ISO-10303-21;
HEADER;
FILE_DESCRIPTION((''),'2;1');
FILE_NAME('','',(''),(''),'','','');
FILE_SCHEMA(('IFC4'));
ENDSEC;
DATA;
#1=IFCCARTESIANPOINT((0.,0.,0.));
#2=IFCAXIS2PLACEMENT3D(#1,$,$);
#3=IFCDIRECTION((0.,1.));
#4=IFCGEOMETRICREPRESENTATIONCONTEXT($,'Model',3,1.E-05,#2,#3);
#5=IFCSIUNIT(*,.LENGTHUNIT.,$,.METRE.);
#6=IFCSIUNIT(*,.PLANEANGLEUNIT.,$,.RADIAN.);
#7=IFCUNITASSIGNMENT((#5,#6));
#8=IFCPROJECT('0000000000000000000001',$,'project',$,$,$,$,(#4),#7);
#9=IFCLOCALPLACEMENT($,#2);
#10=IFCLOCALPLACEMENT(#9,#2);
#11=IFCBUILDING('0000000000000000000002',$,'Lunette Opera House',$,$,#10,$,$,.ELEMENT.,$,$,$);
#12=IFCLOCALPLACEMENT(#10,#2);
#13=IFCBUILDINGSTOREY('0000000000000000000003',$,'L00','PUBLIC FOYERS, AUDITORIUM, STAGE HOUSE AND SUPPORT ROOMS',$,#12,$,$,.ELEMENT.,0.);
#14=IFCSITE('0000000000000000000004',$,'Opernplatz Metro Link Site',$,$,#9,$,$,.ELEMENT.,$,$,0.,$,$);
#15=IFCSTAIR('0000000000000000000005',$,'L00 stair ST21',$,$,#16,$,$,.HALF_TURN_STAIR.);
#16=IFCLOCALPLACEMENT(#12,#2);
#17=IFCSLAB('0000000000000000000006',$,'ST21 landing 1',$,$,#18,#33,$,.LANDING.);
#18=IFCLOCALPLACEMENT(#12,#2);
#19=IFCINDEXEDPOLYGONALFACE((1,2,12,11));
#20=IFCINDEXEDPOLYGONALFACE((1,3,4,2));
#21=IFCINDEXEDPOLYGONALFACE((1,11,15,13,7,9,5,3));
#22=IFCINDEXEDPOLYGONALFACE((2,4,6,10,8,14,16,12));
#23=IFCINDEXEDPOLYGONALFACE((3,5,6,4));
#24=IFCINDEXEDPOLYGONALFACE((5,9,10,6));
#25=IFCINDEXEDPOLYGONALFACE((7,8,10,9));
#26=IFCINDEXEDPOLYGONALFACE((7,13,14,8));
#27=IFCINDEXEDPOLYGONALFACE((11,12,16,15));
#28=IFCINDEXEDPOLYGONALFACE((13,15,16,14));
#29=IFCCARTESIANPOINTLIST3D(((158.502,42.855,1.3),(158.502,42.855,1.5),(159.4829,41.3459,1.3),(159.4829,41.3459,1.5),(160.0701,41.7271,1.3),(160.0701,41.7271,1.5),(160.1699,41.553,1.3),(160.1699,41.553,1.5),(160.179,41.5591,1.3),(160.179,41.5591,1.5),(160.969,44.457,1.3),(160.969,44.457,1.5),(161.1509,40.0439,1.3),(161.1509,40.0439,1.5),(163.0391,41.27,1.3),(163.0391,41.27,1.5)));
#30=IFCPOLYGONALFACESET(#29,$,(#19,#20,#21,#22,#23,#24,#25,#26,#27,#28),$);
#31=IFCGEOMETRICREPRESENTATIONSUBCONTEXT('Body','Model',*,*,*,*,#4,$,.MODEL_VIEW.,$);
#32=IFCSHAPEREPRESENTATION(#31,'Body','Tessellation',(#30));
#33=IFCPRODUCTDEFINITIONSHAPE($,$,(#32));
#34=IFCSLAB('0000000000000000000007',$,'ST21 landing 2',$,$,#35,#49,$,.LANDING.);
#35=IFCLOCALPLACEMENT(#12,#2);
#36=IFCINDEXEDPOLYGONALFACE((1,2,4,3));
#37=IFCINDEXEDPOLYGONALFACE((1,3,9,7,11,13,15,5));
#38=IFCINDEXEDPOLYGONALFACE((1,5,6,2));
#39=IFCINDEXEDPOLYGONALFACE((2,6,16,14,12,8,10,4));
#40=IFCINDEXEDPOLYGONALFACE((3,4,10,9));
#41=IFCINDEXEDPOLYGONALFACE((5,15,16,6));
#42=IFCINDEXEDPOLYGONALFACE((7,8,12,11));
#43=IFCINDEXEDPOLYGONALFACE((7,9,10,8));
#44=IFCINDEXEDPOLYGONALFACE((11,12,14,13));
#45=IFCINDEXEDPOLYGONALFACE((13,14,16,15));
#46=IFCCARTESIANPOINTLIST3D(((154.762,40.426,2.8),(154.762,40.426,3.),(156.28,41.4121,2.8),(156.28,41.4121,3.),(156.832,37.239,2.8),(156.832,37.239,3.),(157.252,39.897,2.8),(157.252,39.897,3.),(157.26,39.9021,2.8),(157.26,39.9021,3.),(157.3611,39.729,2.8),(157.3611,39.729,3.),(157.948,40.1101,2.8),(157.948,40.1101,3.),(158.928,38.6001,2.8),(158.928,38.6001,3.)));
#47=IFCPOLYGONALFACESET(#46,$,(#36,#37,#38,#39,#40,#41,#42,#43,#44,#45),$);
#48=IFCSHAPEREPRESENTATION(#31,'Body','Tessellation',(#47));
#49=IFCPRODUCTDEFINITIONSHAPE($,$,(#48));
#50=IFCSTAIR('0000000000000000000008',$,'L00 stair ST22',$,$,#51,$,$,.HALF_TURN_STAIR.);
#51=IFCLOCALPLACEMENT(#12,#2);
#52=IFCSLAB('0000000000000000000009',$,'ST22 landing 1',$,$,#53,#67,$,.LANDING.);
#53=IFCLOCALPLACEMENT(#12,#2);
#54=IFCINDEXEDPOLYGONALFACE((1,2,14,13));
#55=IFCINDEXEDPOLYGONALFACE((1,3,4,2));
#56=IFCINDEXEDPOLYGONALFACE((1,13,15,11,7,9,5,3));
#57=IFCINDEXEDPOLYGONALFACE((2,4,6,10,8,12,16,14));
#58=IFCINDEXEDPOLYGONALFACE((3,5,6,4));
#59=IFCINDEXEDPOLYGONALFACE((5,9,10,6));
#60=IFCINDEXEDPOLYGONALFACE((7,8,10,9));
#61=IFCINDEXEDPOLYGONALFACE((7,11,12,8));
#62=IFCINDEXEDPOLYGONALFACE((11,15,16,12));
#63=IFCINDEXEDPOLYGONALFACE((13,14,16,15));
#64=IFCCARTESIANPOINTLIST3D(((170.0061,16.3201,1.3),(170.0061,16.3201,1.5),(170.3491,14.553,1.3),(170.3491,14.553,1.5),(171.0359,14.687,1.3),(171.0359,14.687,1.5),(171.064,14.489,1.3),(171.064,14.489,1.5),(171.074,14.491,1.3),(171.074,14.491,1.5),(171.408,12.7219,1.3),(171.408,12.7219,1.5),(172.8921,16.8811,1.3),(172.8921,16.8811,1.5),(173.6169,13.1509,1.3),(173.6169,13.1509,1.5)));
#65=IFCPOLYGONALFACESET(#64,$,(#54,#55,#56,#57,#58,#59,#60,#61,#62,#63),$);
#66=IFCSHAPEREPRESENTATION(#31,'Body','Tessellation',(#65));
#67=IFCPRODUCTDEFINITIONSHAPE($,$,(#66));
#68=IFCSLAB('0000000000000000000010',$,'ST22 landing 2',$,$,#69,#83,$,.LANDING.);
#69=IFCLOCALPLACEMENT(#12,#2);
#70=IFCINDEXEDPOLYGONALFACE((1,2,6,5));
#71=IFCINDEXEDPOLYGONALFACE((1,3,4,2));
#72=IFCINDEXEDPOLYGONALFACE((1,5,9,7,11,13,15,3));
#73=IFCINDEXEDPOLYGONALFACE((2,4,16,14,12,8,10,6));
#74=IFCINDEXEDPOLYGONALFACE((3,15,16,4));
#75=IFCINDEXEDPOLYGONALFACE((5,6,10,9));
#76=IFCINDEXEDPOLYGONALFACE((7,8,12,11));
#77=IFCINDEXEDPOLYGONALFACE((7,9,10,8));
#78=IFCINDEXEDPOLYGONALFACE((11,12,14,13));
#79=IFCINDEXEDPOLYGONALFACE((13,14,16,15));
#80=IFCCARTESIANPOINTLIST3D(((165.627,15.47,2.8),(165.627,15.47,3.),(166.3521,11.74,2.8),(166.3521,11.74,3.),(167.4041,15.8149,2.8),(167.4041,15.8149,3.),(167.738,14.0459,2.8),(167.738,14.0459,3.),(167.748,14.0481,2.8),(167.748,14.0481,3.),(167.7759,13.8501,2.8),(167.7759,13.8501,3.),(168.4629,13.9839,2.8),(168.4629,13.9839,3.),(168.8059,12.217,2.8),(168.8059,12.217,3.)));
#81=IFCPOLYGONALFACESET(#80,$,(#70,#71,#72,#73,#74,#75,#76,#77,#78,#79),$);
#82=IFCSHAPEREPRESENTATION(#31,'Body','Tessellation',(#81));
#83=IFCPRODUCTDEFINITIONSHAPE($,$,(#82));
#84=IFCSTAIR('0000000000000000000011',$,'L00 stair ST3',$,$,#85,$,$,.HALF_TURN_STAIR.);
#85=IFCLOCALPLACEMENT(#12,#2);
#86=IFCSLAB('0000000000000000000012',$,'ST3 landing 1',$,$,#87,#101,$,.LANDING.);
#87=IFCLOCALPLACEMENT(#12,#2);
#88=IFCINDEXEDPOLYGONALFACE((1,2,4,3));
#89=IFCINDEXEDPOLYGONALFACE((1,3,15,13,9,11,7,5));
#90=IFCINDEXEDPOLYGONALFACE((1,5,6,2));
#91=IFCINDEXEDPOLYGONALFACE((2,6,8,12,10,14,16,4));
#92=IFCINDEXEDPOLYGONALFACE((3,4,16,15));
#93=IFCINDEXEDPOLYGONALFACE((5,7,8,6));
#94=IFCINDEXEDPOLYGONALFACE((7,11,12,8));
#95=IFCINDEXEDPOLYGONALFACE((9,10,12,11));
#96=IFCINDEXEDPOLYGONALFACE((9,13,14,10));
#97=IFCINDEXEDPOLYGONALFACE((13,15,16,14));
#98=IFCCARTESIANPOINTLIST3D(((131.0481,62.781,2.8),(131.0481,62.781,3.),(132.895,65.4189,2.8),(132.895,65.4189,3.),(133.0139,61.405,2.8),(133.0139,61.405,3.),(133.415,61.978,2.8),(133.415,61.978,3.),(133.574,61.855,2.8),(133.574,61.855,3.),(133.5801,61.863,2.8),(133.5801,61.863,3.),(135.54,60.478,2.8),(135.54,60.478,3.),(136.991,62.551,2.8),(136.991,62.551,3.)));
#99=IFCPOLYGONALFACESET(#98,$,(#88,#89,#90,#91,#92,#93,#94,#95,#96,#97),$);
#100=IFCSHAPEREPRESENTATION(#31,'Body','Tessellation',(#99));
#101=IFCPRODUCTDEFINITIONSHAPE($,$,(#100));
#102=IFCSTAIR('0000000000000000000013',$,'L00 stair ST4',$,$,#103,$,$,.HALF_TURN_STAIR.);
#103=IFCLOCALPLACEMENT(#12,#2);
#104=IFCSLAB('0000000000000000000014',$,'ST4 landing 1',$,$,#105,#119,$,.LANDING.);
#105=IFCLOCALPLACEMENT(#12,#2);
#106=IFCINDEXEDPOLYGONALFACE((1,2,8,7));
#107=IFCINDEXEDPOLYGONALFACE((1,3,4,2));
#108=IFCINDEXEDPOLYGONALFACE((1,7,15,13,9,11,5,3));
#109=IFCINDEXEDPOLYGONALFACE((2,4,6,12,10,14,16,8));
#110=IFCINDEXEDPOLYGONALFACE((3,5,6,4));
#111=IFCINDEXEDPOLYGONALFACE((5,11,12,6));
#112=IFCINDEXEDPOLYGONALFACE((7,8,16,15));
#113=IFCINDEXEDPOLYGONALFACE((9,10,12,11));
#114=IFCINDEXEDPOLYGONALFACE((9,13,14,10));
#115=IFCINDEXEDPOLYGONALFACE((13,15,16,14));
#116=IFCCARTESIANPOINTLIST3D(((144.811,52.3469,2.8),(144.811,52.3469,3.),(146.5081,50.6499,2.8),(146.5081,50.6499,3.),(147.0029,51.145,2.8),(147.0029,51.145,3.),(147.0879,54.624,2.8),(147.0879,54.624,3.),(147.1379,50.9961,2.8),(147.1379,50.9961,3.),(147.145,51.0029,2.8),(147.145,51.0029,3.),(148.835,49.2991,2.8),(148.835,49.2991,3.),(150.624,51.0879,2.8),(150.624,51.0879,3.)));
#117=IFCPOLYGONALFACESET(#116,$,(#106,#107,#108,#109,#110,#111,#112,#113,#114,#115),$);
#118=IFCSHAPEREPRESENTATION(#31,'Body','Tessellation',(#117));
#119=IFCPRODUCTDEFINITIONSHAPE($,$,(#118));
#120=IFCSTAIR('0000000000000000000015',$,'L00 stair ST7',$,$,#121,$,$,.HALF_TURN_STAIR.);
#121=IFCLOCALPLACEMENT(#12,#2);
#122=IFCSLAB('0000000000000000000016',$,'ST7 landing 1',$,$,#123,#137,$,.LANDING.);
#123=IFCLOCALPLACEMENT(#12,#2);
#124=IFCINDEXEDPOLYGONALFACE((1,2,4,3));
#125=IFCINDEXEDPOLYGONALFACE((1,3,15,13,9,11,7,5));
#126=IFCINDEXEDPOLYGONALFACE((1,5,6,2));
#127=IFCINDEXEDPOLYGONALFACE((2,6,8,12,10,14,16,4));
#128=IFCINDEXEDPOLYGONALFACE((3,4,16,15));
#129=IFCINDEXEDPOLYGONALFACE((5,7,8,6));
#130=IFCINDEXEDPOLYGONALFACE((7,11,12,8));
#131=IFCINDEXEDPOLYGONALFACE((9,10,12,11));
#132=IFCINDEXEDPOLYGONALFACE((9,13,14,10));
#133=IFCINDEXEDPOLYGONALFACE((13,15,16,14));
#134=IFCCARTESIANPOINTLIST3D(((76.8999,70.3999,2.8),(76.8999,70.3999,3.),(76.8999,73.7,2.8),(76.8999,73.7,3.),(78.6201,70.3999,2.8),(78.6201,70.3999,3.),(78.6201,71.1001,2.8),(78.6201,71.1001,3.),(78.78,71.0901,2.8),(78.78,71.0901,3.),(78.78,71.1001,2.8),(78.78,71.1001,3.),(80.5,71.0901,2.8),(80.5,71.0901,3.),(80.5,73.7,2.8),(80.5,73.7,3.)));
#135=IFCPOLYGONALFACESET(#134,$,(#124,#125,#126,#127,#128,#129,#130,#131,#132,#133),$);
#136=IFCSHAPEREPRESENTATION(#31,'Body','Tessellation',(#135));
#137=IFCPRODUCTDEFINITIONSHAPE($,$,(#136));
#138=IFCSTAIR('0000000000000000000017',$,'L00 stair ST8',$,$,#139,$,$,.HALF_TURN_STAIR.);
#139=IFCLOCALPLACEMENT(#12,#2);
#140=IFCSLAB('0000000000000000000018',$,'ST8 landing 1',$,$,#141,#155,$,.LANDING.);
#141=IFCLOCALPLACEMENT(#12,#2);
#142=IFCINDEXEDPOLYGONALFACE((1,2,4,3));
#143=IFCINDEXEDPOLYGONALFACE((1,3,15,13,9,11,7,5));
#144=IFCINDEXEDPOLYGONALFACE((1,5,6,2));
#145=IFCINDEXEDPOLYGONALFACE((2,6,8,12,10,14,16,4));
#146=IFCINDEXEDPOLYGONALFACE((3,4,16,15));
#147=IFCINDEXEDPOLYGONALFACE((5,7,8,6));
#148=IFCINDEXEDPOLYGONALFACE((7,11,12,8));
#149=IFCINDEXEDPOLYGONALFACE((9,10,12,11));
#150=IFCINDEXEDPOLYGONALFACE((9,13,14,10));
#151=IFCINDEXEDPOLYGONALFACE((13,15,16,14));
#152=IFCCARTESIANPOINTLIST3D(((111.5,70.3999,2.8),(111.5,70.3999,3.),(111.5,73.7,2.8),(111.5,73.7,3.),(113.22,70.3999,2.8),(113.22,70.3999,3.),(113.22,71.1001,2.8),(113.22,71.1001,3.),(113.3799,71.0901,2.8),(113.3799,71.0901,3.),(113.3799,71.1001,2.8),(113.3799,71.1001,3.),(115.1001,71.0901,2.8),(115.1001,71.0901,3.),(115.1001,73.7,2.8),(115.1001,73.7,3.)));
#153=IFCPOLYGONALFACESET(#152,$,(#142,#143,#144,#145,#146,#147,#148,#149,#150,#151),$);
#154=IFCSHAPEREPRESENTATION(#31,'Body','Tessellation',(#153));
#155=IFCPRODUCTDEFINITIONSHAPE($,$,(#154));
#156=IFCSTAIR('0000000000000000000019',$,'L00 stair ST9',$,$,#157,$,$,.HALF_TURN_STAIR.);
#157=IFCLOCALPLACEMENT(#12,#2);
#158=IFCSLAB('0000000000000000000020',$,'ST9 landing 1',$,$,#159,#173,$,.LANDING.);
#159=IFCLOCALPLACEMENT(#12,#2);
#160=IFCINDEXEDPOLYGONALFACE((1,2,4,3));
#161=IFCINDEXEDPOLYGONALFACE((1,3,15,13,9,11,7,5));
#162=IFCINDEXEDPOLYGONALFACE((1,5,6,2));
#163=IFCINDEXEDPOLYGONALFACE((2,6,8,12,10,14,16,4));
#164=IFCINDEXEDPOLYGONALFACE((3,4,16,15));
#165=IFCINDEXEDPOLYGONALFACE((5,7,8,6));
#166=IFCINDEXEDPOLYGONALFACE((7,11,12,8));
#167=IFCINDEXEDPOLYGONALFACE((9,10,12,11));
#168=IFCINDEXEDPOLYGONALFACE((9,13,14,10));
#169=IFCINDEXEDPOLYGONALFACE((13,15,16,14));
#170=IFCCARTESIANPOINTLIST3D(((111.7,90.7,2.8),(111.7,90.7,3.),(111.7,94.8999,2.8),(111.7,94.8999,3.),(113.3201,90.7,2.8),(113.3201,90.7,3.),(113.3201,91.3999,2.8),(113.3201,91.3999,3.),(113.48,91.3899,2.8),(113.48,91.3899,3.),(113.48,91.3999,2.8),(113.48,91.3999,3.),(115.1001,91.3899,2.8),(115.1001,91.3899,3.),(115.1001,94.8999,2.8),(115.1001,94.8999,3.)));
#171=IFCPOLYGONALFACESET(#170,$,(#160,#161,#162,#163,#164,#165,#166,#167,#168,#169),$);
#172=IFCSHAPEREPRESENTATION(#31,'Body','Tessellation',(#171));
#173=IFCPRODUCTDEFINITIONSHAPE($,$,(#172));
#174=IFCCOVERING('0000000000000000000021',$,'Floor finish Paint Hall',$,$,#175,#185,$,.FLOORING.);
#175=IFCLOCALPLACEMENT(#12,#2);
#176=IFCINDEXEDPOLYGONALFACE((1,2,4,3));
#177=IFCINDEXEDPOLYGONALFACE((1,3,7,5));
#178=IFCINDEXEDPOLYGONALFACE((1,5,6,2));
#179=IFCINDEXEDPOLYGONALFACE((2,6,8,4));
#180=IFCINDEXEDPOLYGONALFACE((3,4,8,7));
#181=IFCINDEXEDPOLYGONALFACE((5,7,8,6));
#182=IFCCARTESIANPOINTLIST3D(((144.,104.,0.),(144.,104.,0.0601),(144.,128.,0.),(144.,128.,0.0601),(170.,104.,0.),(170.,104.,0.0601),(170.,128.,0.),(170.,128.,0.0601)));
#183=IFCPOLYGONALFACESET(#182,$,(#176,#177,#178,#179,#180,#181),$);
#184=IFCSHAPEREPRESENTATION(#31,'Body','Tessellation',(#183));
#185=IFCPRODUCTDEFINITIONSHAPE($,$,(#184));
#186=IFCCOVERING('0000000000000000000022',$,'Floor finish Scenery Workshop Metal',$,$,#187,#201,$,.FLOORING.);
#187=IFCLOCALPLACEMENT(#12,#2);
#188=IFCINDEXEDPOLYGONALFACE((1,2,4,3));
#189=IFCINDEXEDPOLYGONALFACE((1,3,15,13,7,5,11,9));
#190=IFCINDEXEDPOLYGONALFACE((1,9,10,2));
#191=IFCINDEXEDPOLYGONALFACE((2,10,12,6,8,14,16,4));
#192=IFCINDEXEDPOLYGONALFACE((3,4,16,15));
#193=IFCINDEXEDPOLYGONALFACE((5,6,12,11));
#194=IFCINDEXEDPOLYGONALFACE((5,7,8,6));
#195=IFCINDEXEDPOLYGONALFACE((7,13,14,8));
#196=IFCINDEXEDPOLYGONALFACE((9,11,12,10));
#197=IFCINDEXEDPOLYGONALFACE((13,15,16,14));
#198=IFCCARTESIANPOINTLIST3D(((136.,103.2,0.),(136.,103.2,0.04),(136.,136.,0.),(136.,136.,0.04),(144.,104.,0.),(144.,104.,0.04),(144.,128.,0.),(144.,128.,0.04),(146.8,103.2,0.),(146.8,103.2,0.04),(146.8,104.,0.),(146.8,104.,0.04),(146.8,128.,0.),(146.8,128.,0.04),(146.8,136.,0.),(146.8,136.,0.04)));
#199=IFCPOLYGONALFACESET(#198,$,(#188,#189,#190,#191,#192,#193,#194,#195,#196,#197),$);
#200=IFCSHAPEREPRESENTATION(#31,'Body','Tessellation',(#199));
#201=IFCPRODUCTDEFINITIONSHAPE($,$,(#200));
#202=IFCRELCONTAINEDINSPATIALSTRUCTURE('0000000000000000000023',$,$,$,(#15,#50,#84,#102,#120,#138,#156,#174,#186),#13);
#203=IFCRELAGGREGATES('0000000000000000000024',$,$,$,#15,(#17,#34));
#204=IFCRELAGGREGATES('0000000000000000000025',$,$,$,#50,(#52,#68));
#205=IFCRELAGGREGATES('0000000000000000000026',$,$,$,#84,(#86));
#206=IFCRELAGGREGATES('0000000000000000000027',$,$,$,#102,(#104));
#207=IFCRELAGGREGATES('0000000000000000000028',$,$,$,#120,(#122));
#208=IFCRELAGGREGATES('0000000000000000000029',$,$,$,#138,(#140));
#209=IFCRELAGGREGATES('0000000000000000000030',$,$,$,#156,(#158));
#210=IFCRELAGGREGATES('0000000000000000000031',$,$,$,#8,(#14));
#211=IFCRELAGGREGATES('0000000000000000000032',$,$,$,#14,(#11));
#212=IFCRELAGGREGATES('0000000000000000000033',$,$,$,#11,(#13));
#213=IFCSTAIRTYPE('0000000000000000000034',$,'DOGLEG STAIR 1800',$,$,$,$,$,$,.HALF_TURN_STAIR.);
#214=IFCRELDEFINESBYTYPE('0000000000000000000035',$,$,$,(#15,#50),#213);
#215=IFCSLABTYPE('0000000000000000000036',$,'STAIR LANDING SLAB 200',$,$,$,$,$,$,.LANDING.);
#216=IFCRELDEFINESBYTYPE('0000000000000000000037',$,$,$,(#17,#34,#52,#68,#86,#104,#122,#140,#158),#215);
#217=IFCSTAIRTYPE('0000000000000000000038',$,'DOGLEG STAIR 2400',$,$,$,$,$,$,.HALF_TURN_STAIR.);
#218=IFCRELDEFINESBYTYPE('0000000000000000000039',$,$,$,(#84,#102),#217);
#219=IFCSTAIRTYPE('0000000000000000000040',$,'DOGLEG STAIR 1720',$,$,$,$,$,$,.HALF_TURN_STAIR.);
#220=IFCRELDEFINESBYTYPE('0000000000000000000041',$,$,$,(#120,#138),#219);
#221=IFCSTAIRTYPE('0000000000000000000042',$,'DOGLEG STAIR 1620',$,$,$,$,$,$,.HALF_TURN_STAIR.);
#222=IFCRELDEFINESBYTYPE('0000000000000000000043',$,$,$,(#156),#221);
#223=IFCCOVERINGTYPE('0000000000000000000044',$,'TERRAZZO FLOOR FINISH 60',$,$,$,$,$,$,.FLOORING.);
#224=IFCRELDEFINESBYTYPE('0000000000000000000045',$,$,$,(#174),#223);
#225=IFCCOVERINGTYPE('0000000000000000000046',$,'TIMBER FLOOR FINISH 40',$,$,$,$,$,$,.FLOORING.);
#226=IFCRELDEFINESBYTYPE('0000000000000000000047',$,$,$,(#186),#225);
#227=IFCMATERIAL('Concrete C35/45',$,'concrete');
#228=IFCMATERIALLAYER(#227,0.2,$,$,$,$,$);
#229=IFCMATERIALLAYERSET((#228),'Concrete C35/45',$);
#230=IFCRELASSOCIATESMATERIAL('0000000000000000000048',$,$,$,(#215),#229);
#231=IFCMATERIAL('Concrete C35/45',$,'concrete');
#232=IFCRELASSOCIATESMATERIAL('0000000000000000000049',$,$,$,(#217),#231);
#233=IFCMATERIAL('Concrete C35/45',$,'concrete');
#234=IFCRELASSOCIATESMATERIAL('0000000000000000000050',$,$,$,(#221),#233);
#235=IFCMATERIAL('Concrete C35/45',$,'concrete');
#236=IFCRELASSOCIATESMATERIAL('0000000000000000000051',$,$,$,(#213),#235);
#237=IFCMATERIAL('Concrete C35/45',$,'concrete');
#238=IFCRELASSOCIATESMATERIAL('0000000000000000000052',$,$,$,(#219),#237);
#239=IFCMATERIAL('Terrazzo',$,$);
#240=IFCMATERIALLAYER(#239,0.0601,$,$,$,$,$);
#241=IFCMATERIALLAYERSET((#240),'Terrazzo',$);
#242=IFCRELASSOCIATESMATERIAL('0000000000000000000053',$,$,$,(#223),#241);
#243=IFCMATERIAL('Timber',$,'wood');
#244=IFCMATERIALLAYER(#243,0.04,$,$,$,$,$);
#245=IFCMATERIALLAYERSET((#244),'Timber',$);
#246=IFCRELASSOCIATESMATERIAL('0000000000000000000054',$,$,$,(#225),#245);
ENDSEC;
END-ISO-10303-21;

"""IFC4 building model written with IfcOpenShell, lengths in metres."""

from ifc_helpers import new_model, si_unit, direction, frame, origin, place, context, subcontext, project, spatial, polyline, outline, extrude, material, layer, layer_set, type_object, element, aggregate, save


model = new_model("IFC4")

# Units and contexts
model_context = context("Model", 3, precision=1e-05, world=origin(), true_north=direction((0.0, 1.0)))
body_context = subcontext(model_context, "Body", "Model", "MODEL_VIEW")
ifc_project = project(units=[si_unit("LENGTHUNIT", "METRE"), si_unit("PLANEANGLEUNIT", "RADIAN")], contexts=[model_context])

# Site, building, storey
site_placement = place(None, origin())
site = spatial("IfcSite", under=ifc_project, at=site_placement, Name="Opernplatz Metro Link Site", CompositionType="ELEMENT", RefElevation=0.0)
building_placement = place(site_placement, origin())
building = spatial("IfcBuilding", under=site, at=building_placement, Name="Lunette Opera House", CompositionType="ELEMENT")
storey_placement = place(building_placement, origin())
storey = spatial("IfcBuildingStorey", under=building, at=storey_placement, Name="L00", Description="PUBLIC FOYERS, AUDITORIUM, STAGE HOUSE AND SUPPORT ROOMS", CompositionType="ELEMENT", Elevation=0.0)

# Shared definitions
ifc_material_1 = material(Name="Concrete C35/45", Category="concrete")
ifc_layer_1 = layer(ifc_material_1, 0.2)
ifc_layer_set_1 = layer_set([ifc_layer_1], Name="Concrete C35/45")
slab_type_1 = type_object("IfcSlabType", Name="STAIR LANDING SLAB 200", PredefinedType="LANDING", material=ifc_layer_set_1)
ifc_material_2 = material(Name="Concrete C35/45", Category="concrete")
stair_type_1 = type_object("IfcStairType", Name="DOGLEG STAIR 2400", PredefinedType="HALF_TURN_STAIR", material=ifc_material_2)
ifc_material_3 = material(Name="Concrete C35/45", Category="concrete")
stair_type_2 = type_object("IfcStairType", Name="DOGLEG STAIR 1620", PredefinedType="HALF_TURN_STAIR", material=ifc_material_3)

# Shared definitions
ifc_material_4 = material(Name="Concrete C35/45", Category="concrete")
stair_type_3 = type_object("IfcStairType", Name="DOGLEG STAIR 1800", PredefinedType="HALF_TURN_STAIR", material=ifc_material_4)

# Stairs, slabs
stair_1_placement = place(storey_placement, origin())
stair_1 = element("IfcStair", 1, at=stair_1_placement, inside=storey, type_object=stair_type_3, Name="L00 stair ST21", PredefinedType="HALF_TURN_STAIR")
slab_1_placement = place(storey_placement, frame((0.0, 0.0, 1.3)))
slab_1 = element("IfcSlab", 2, at=slab_1_placement, type_object=slab_type_1, Name="ST21 landing 1", PredefinedType="LANDING", context=body_context, shape_type="SweptSolid", body=[
    extrude(outline(polyline([(163.0391, 41.27), (161.1509, 40.0439), (160.1699, 41.553), (160.179, 41.5591), (160.0701, 41.7271), (159.4829, 41.3459), (158.502, 42.855), (160.969, 44.457), (163.0391, 41.27)])), origin(), (0.0, 0.0, 1.0), 0.2),
])
slab_2_placement = place(storey_placement, frame((0.0, 0.0, 2.8)))
slab_2 = element("IfcSlab", 3, at=slab_2_placement, type_object=slab_type_1, Name="ST21 landing 2", PredefinedType="LANDING", context=body_context, shape_type="SweptSolid", body=[
    extrude(outline(polyline([(154.762, 40.426), (156.28, 41.4121), (157.26, 39.9021), (157.252, 39.897), (157.3611, 39.729), (157.948, 40.1101), (158.928, 38.6001), (156.832, 37.239), (154.762, 40.426)])), origin(), (0.0, 0.0, 1.0), 0.2),
])
aggregate(stair_1, [slab_1, slab_2])
stair_2_placement = place(storey_placement, origin())
stair_2 = element("IfcStair", 4, at=stair_2_placement, inside=storey, type_object=stair_type_3, Name="L00 stair ST22", PredefinedType="HALF_TURN_STAIR")
slab_3_placement = place(storey_placement, frame((0.0, 0.0, 1.3)))
slab_3 = element("IfcSlab", 5, at=slab_3_placement, type_object=slab_type_1, Name="ST22 landing 1", PredefinedType="LANDING", context=body_context, shape_type="SweptSolid", body=[
    extrude(outline(polyline([(171.408, 12.7219), (171.064, 14.489), (171.074, 14.491), (171.0359, 14.687), (170.3491, 14.553), (170.0061, 16.3201), (172.8921, 16.8811), (173.6169, 13.1509), (171.408, 12.7219)])), origin(), (0.0, 0.0, 1.0), 0.2),
])
slab_4_placement = place(storey_placement, frame((0.0, 0.0, 2.8)))
slab_4 = element("IfcSlab", 6, at=slab_4_placement, type_object=slab_type_1, Name="ST22 landing 2", PredefinedType="LANDING", context=body_context, shape_type="SweptSolid", body=[
    extrude(outline(polyline([(166.3521, 11.74), (165.627, 15.47), (167.4041, 15.8149), (167.748, 14.0481), (167.738, 14.0459), (167.7759, 13.8501), (168.4629, 13.9839), (168.8059, 12.217), (166.3521, 11.74)])), origin(), (0.0, 0.0, 1.0), 0.2),
])
aggregate(stair_2, [slab_3, slab_4])

# Stairs, slabs
stair_3_placement = place(storey_placement, origin())
stair_3 = element("IfcStair", 7, at=stair_3_placement, inside=storey, type_object=stair_type_1, Name="L00 stair ST3", PredefinedType="HALF_TURN_STAIR")
slab_5_placement = place(storey_placement, frame((0.0, 0.0, 2.8)))
slab_5 = element("IfcSlab", 8, at=slab_5_placement, type_object=slab_type_1, Name="ST3 landing 1", PredefinedType="LANDING", context=body_context, shape_type="SweptSolid", body=[
    extrude(outline(polyline([(136.991, 62.551), (135.54, 60.478), (133.574, 61.855), (133.5801, 61.863), (133.415, 61.978), (133.0139, 61.405), (131.0481, 62.781), (132.895, 65.4189), (136.991, 62.551)])), origin(), (0.0, 0.0, 1.0), 0.2),
])
aggregate(stair_3, [slab_5])
stair_4_placement = place(storey_placement, origin())
stair_4 = element("IfcStair", 9, at=stair_4_placement, inside=storey, type_object=stair_type_1, Name="L00 stair ST4", PredefinedType="HALF_TURN_STAIR")
slab_6_placement = place(storey_placement, frame((0.0, 0.0, 2.8)))
slab_6 = element("IfcSlab", 10, at=slab_6_placement, type_object=slab_type_1, Name="ST4 landing 1", PredefinedType="LANDING", context=body_context, shape_type="SweptSolid", body=[
    extrude(outline(polyline([(148.835, 49.2991), (147.1379, 50.9961), (147.145, 51.0029), (147.0029, 51.145), (146.5081, 50.6499), (144.811, 52.3469), (147.0879, 54.624), (150.624, 51.0879), (148.835, 49.2991)])), origin(), (0.0, 0.0, 1.0), 0.2),
])
aggregate(stair_4, [slab_6])
ifc_material_5 = material(Name="Concrete C35/45", Category="concrete")
stair_type_4 = type_object("IfcStairType", Name="DOGLEG STAIR 1720", PredefinedType="HALF_TURN_STAIR", material=ifc_material_5)
stair_5_placement = place(storey_placement, origin())
stair_5 = element("IfcStair", 11, at=stair_5_placement, inside=storey, type_object=stair_type_4, Name="L00 stair ST7", PredefinedType="HALF_TURN_STAIR")
slab_7_placement = place(storey_placement, frame((0.0, 0.0, 2.8)))
slab_7 = element("IfcSlab", 12, at=slab_7_placement, type_object=slab_type_1, Name="ST7 landing 1", PredefinedType="LANDING", context=body_context, shape_type="SweptSolid", body=[
    extrude(outline(polyline([(80.5, 71.0901), (78.78, 71.0901), (78.78, 71.1001), (78.6201, 71.1001), (78.6201, 70.3999), (76.8999, 70.3999), (76.8999, 73.7), (80.5, 73.7), (80.5, 71.0901)])), origin(), (0.0, 0.0, 1.0), 0.2),
])
aggregate(stair_5, [slab_7])
stair_6_placement = place(storey_placement, origin())
stair_6 = element("IfcStair", 13, at=stair_6_placement, inside=storey, type_object=stair_type_4, Name="L00 stair ST8", PredefinedType="HALF_TURN_STAIR")
slab_8_placement = place(storey_placement, frame((0.0, 0.0, 2.8)))
slab_8 = element("IfcSlab", 14, at=slab_8_placement, type_object=slab_type_1, Name="ST8 landing 1", PredefinedType="LANDING", context=body_context, shape_type="SweptSolid", body=[
    extrude(outline(polyline([(115.1001, 71.0901), (113.3799, 71.0901), (113.3799, 71.1001), (113.22, 71.1001), (113.22, 70.3999), (111.5, 70.3999), (111.5, 73.7), (115.1001, 73.7), (115.1001, 71.0901)])), origin(), (0.0, 0.0, 1.0), 0.2),
])
aggregate(stair_6, [slab_8])
stair_7_placement = place(storey_placement, origin())
stair_7 = element("IfcStair", 15, at=stair_7_placement, inside=storey, type_object=stair_type_2, Name="L00 stair ST9", PredefinedType="HALF_TURN_STAIR")
slab_9_placement = place(storey_placement, frame((0.0, 0.0, 2.8)))
slab_9 = element("IfcSlab", 16, at=slab_9_placement, type_object=slab_type_1, Name="ST9 landing 1", PredefinedType="LANDING", context=body_context, shape_type="SweptSolid", body=[
    extrude(outline(polyline([(115.1001, 94.8999), (115.1001, 91.3899), (113.48, 91.3899), (113.48, 91.3999), (113.3201, 91.3999), (113.3201, 90.7), (111.7, 90.7), (111.7, 94.8999), (115.1001, 94.8999)])), origin(), (0.0, 0.0, 1.0), 0.2),
])
aggregate(stair_7, [slab_9])

# Coverings
ifc_material_6 = material(Name="Terrazzo")
ifc_layer_2 = layer(ifc_material_6, 0.0601)
ifc_layer_set_2 = layer_set([ifc_layer_2], Name="Terrazzo")
covering_type_1 = type_object("IfcCoveringType", Name="TERRAZZO FLOOR FINISH 60", PredefinedType="FLOORING", material=ifc_layer_set_2)
covering_1_placement = place(storey_placement, origin())
element("IfcCovering", 17, at=covering_1_placement, inside=storey, type_object=covering_type_1, Name="Floor finish Paint Hall", PredefinedType="FLOORING", context=body_context, shape_type="SweptSolid", body=[
    extrude(outline(polyline([(170.0, 104.0), (170.0, 128.0), (144.0, 128.0), (144.0, 104.0), (170.0, 104.0)])), origin(), (0.0, 0.0, 1.0), 0.0601),
])
ifc_material_7 = material(Name="Timber", Category="wood")
ifc_layer_3 = layer(ifc_material_7, 0.04)
ifc_layer_set_3 = layer_set([ifc_layer_3], Name="Timber")
covering_type_2 = type_object("IfcCoveringType", Name="TIMBER FLOOR FINISH 40", PredefinedType="FLOORING", material=ifc_layer_set_3)
covering_2_placement = place(storey_placement, origin())
element("IfcCovering", 18, at=covering_2_placement, inside=storey, type_object=covering_type_2, Name="Floor finish Scenery Workshop Metal", PredefinedType="FLOORING", context=body_context, shape_type="SweptSolid", body=[
    extrude(outline(polyline([(136.0, 103.2), (136.0, 136.0), (146.8, 136.0), (146.8, 128.0), (144.0, 128.0), (144.0, 104.0), (146.8, 104.0), (146.8, 103.2), (136.0, 103.2)])), origin(), (0.0, 0.0, 1.0), 0.04),
])

save(model, "model.ifc")
